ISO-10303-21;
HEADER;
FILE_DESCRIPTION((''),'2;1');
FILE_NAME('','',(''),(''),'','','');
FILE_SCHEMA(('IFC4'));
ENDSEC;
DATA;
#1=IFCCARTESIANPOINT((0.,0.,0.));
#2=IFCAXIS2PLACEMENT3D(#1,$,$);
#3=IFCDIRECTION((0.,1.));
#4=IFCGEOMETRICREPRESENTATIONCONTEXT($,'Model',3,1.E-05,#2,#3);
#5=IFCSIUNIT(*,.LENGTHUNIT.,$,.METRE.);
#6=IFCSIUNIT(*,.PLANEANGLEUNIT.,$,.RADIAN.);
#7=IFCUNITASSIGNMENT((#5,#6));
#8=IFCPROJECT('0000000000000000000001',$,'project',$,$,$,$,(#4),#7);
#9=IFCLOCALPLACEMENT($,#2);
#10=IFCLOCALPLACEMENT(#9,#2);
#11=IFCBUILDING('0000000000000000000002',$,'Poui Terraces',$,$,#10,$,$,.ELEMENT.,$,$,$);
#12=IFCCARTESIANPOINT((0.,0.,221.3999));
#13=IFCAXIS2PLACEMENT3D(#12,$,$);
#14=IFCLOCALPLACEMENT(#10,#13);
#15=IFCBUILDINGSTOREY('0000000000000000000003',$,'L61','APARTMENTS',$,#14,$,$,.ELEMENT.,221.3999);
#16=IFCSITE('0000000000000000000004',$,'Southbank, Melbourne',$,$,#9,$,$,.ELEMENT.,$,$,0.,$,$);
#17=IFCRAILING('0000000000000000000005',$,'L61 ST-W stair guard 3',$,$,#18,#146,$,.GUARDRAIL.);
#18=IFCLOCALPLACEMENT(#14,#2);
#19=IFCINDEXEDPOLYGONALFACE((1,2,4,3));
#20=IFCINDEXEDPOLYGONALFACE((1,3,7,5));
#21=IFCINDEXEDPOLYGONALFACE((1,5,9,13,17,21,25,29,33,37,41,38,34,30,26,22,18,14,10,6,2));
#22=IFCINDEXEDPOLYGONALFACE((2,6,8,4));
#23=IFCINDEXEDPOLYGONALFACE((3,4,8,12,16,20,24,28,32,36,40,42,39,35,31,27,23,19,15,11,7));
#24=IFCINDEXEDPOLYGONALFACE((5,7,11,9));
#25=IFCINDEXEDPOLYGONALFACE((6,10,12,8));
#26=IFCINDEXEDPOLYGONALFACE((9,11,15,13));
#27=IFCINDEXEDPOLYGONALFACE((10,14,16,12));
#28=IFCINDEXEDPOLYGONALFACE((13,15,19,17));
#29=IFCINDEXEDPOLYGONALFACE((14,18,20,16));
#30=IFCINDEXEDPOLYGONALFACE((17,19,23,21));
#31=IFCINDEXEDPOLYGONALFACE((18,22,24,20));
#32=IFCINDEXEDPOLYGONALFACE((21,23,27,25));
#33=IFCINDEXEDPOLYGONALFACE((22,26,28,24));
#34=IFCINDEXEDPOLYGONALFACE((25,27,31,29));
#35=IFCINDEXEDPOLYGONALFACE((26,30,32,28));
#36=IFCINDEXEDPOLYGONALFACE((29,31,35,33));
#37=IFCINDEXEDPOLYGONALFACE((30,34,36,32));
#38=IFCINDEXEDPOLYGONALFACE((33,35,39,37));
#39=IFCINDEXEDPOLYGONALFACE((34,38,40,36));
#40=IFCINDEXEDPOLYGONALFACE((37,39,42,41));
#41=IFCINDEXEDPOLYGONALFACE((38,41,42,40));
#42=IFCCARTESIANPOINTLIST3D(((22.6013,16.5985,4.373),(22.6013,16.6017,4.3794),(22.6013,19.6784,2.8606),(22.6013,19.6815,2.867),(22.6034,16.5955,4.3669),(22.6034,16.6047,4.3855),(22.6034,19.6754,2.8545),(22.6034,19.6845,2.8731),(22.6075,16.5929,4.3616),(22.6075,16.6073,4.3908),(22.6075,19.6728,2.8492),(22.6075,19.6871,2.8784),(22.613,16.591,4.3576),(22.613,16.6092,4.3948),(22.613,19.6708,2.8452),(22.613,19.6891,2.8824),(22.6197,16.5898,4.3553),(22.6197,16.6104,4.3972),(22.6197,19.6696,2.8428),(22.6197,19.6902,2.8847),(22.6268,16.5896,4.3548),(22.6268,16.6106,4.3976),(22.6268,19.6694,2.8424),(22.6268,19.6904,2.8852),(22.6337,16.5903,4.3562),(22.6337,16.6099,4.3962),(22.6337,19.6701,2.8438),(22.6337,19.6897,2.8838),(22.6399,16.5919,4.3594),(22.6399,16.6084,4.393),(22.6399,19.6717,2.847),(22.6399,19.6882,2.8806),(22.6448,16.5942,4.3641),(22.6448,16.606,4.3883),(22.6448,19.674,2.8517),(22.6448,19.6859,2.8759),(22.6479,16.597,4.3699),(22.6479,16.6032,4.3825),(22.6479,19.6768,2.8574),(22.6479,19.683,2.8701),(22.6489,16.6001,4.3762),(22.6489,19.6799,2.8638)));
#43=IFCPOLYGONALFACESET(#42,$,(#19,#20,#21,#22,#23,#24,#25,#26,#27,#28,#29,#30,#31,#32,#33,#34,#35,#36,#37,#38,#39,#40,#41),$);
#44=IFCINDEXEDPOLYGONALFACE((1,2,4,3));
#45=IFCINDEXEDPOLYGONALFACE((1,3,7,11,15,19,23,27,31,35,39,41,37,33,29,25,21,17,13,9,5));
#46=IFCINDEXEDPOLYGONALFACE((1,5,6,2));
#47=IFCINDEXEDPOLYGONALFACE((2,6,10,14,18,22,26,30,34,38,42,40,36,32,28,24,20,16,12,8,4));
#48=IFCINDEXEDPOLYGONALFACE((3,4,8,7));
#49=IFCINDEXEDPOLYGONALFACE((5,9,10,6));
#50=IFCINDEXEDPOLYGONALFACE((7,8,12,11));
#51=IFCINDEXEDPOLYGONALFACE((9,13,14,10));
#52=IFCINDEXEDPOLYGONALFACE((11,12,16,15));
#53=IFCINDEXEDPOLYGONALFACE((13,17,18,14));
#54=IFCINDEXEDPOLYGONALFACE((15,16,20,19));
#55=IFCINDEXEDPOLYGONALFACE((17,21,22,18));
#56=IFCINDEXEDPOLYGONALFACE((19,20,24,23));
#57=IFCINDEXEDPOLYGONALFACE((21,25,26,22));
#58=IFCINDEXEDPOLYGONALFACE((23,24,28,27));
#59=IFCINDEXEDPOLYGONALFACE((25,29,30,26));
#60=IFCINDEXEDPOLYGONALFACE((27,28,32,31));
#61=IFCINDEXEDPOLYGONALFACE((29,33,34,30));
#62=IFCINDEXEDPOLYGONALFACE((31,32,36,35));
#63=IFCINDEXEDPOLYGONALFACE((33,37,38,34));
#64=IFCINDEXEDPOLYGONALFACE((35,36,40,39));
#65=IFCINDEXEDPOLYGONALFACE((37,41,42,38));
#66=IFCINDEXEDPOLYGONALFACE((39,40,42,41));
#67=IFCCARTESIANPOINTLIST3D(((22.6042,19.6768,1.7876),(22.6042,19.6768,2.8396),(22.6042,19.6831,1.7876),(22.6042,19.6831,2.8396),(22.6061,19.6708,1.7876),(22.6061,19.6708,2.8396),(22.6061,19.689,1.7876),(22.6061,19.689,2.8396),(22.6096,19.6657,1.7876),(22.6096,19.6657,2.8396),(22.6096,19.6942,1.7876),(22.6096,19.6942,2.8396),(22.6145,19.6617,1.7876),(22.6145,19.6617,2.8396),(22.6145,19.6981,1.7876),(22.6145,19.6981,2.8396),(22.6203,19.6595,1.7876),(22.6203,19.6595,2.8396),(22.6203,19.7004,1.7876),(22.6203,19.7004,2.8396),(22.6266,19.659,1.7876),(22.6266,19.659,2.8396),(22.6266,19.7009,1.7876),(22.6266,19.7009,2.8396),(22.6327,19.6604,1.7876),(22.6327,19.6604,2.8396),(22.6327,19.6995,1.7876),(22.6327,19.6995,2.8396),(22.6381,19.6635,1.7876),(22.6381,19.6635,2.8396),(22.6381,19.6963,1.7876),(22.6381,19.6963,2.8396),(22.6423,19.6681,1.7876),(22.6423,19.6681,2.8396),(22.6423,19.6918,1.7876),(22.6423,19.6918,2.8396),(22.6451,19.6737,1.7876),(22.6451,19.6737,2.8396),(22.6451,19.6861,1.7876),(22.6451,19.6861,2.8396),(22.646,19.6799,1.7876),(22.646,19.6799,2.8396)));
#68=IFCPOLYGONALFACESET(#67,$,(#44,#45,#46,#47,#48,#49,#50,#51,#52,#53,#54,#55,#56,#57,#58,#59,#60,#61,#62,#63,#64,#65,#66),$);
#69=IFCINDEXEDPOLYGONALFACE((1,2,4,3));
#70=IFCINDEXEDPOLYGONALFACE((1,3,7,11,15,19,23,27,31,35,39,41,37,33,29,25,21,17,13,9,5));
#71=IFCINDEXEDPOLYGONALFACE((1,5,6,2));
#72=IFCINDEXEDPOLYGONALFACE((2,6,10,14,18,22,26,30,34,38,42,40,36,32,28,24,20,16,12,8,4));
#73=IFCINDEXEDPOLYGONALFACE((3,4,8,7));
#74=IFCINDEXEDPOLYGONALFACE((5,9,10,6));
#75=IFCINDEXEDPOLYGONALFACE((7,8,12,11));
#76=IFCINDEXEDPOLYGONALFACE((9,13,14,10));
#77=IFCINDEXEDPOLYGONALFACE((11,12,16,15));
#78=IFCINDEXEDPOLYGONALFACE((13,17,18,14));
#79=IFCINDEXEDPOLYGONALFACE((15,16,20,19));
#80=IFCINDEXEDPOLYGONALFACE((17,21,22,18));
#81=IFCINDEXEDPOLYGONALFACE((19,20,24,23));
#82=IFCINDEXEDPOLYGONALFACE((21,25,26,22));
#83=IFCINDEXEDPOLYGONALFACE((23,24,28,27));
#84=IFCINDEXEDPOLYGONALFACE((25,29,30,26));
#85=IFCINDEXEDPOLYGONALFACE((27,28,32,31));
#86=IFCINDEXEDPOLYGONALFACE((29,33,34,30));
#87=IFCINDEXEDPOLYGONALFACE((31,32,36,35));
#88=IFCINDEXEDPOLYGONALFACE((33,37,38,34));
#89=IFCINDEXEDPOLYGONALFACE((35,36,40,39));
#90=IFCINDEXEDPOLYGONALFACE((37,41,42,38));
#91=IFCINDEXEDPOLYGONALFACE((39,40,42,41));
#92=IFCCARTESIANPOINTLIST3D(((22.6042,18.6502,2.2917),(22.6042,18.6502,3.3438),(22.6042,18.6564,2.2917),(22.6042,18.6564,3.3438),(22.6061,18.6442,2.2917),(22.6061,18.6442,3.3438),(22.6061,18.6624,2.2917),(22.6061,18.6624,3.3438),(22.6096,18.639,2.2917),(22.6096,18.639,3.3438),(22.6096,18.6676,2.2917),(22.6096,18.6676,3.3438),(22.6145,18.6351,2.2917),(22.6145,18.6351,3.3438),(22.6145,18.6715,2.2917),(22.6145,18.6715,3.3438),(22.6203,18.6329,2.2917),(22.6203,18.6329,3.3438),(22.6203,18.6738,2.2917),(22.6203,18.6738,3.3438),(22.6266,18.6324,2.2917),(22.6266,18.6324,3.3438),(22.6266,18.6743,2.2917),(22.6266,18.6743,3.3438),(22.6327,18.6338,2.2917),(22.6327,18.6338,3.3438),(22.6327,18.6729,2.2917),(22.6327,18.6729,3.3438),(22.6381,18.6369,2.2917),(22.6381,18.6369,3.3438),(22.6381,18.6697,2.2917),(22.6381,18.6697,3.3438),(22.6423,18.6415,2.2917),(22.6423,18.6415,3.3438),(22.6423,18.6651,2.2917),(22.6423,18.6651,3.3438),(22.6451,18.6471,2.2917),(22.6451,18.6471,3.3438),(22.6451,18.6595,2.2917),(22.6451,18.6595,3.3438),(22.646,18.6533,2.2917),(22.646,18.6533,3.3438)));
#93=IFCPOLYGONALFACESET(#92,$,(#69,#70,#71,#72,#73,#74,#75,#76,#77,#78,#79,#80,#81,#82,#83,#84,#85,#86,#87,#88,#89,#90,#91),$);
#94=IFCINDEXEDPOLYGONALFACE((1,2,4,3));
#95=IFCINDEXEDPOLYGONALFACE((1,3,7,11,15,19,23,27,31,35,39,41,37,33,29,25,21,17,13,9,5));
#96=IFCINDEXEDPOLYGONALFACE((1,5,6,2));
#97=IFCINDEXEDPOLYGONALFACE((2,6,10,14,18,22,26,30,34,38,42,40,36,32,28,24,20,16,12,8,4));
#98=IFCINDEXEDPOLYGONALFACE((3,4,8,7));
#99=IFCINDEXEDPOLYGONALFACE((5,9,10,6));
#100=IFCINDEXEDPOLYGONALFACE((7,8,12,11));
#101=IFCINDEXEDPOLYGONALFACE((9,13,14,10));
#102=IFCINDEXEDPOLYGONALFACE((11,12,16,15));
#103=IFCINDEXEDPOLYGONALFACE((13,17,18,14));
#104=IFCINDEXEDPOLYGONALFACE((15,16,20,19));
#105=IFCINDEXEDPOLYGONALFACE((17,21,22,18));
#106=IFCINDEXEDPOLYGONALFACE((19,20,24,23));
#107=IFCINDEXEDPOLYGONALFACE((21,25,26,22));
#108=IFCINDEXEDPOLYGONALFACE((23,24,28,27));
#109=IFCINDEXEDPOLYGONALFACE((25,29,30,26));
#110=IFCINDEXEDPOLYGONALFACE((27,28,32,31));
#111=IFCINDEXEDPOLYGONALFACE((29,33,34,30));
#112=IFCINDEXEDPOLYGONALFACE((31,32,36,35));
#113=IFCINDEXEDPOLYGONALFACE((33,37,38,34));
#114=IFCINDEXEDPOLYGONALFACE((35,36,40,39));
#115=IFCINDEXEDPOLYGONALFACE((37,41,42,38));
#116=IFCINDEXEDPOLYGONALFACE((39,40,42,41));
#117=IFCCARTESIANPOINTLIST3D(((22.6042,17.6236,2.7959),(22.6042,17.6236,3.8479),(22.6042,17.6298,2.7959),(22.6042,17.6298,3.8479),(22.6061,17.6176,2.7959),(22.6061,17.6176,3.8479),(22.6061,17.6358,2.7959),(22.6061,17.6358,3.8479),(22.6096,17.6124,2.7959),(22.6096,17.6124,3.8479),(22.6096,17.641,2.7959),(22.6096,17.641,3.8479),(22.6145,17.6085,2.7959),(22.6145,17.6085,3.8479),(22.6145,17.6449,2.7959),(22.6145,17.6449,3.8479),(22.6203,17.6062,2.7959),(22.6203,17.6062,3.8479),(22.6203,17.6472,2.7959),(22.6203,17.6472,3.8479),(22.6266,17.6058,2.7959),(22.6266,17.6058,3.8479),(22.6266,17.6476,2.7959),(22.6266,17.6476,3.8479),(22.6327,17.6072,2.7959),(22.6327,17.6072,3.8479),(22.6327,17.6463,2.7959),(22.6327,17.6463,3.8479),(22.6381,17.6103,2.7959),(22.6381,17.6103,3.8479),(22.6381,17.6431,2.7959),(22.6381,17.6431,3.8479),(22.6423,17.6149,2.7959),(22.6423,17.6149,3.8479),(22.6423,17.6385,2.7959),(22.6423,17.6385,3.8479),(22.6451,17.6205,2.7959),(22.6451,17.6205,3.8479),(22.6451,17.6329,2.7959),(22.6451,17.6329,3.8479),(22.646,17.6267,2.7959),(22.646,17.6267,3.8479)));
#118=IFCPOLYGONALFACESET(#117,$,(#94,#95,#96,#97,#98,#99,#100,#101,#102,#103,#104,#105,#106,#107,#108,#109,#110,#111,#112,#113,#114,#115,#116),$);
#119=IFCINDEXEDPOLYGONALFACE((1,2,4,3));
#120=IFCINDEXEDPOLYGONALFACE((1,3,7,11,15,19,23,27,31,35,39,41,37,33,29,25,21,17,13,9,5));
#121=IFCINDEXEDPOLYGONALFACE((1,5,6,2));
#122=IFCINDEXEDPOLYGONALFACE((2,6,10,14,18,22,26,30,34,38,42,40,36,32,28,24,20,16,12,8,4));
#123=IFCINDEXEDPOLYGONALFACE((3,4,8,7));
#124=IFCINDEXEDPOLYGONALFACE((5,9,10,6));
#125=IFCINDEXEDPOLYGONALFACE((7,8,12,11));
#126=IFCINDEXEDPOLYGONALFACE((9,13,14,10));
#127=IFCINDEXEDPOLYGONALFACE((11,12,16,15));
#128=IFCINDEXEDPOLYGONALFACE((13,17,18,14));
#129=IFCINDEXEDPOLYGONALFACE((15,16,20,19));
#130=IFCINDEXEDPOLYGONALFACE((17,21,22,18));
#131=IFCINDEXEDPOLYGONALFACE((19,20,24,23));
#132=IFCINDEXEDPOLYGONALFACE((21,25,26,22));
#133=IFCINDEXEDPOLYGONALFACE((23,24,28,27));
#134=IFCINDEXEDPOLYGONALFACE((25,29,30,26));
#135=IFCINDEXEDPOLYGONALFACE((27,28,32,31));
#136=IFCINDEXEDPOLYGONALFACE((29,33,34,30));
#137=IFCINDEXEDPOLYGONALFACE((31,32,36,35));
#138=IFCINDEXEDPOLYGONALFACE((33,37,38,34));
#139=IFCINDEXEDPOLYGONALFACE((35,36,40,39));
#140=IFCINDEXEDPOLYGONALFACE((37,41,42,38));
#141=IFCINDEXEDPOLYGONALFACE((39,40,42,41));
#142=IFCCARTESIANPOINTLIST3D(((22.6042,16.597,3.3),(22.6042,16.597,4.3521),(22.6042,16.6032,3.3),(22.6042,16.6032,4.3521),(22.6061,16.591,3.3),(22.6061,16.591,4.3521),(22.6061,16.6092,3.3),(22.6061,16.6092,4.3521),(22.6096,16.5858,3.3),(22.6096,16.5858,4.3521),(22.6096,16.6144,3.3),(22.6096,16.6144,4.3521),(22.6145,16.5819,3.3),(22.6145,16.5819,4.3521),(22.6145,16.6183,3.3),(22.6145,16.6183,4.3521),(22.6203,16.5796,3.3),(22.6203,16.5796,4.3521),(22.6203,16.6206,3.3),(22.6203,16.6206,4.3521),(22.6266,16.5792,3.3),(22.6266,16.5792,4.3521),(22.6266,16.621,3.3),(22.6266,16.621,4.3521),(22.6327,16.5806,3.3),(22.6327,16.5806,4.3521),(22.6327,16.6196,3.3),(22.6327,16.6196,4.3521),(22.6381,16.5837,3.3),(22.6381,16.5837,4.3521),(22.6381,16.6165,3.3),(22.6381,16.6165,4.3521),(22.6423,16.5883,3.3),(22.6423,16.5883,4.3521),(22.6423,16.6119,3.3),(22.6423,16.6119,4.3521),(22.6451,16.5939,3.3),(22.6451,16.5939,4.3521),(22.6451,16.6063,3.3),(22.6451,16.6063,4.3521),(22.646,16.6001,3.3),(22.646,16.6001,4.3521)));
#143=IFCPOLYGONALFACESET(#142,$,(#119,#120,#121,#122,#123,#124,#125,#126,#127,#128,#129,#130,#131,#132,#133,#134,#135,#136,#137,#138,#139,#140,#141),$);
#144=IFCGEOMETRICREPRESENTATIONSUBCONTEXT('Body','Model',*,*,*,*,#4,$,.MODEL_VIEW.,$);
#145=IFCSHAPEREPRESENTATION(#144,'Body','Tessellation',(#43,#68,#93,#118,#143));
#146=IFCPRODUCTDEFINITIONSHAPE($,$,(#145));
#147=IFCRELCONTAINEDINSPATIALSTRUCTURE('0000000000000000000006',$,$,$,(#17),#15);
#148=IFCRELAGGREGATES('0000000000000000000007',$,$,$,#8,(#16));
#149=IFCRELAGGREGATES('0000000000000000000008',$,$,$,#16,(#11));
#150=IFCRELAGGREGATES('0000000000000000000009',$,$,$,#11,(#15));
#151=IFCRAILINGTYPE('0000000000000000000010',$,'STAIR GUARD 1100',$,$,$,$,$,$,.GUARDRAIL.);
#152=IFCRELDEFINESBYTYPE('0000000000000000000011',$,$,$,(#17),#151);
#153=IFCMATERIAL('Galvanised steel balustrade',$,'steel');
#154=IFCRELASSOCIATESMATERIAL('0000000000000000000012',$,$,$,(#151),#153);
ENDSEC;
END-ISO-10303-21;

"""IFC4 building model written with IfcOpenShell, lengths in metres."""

from ifc_helpers import new_model, si_unit, direction, frame, origin, origin_2d, place, context, subcontext, project, spatial, circle, extrude, material, type_object, element, save


model = new_model("IFC4")

# Units and contexts
model_context = context("Model", 3, precision=1e-05, world=origin(), true_north=direction((0.0, 1.0)))
body_context = subcontext(model_context, "Body", "Model", "MODEL_VIEW")
ifc_project = project(units=[si_unit("LENGTHUNIT", "METRE"), si_unit("PLANEANGLEUNIT", "RADIAN")], contexts=[model_context])

# Site, building, storey
site_placement = place(None, origin())
site = spatial("IfcSite", under=ifc_project, at=site_placement, Name="Southbank, Melbourne", CompositionType="ELEMENT", RefElevation=0.0)
building_placement = place(site_placement, origin())
building = spatial("IfcBuilding", under=site, at=building_placement, Name="Poui Terraces", CompositionType="ELEMENT")
storey_placement = place(building_placement, frame((0.0, 0.0, 221.3999)))
storey = spatial("IfcBuildingStorey", under=building, at=storey_placement, Name="L61", Description="APARTMENTS", CompositionType="ELEMENT", Elevation=221.3999)

# Railing
ifc_material_1 = material(Name="Galvanised steel balustrade", Category="steel")
railing_type_1 = type_object("IfcRailingType", Name="STAIR GUARD 1100", PredefinedType="GUARDRAIL", material=ifc_material_1)
railing_1_placement = place(storey_placement, frame((22.625, 19.6799, 1.7876)))
element("IfcRailing", 1, at=railing_1_placement, inside=storey, type_object=railing_type_1, Name="L61 ST-W stair guard 3", PredefinedType="GUARDRAIL", context=body_context, shape_type="SweptSolid", body=[
    extrude(circle(Radius=0.0239, at=origin_2d()), frame((0.0, 0.0, 1.0762), z_axis=(0.0, -0.897606, 0.440798), x_axis=(1.0, 0.0, 0.0)), (0.0, 0.0, 1.0), 3.4312),
    extrude(circle(Radius=0.021, at=origin_2d()), origin(), (0.0, 0.0, 1.0), 1.052),
    extrude(circle(Radius=0.021, at=origin_2d()), frame((0.0, -1.0266, 0.5042)), (0.0, 0.0, 1.0), 1.052),
    extrude(circle(Radius=0.021, at=origin_2d()), frame((0.0, -2.0532, 1.0083)), (0.0, 0.0, 1.0), 1.052),
    extrude(circle(Radius=0.021, at=origin_2d()), frame((0.0, -3.0798, 1.5125)), (0.0, 0.0, 1.0), 1.052),
])

save(model, "model.ifc")
